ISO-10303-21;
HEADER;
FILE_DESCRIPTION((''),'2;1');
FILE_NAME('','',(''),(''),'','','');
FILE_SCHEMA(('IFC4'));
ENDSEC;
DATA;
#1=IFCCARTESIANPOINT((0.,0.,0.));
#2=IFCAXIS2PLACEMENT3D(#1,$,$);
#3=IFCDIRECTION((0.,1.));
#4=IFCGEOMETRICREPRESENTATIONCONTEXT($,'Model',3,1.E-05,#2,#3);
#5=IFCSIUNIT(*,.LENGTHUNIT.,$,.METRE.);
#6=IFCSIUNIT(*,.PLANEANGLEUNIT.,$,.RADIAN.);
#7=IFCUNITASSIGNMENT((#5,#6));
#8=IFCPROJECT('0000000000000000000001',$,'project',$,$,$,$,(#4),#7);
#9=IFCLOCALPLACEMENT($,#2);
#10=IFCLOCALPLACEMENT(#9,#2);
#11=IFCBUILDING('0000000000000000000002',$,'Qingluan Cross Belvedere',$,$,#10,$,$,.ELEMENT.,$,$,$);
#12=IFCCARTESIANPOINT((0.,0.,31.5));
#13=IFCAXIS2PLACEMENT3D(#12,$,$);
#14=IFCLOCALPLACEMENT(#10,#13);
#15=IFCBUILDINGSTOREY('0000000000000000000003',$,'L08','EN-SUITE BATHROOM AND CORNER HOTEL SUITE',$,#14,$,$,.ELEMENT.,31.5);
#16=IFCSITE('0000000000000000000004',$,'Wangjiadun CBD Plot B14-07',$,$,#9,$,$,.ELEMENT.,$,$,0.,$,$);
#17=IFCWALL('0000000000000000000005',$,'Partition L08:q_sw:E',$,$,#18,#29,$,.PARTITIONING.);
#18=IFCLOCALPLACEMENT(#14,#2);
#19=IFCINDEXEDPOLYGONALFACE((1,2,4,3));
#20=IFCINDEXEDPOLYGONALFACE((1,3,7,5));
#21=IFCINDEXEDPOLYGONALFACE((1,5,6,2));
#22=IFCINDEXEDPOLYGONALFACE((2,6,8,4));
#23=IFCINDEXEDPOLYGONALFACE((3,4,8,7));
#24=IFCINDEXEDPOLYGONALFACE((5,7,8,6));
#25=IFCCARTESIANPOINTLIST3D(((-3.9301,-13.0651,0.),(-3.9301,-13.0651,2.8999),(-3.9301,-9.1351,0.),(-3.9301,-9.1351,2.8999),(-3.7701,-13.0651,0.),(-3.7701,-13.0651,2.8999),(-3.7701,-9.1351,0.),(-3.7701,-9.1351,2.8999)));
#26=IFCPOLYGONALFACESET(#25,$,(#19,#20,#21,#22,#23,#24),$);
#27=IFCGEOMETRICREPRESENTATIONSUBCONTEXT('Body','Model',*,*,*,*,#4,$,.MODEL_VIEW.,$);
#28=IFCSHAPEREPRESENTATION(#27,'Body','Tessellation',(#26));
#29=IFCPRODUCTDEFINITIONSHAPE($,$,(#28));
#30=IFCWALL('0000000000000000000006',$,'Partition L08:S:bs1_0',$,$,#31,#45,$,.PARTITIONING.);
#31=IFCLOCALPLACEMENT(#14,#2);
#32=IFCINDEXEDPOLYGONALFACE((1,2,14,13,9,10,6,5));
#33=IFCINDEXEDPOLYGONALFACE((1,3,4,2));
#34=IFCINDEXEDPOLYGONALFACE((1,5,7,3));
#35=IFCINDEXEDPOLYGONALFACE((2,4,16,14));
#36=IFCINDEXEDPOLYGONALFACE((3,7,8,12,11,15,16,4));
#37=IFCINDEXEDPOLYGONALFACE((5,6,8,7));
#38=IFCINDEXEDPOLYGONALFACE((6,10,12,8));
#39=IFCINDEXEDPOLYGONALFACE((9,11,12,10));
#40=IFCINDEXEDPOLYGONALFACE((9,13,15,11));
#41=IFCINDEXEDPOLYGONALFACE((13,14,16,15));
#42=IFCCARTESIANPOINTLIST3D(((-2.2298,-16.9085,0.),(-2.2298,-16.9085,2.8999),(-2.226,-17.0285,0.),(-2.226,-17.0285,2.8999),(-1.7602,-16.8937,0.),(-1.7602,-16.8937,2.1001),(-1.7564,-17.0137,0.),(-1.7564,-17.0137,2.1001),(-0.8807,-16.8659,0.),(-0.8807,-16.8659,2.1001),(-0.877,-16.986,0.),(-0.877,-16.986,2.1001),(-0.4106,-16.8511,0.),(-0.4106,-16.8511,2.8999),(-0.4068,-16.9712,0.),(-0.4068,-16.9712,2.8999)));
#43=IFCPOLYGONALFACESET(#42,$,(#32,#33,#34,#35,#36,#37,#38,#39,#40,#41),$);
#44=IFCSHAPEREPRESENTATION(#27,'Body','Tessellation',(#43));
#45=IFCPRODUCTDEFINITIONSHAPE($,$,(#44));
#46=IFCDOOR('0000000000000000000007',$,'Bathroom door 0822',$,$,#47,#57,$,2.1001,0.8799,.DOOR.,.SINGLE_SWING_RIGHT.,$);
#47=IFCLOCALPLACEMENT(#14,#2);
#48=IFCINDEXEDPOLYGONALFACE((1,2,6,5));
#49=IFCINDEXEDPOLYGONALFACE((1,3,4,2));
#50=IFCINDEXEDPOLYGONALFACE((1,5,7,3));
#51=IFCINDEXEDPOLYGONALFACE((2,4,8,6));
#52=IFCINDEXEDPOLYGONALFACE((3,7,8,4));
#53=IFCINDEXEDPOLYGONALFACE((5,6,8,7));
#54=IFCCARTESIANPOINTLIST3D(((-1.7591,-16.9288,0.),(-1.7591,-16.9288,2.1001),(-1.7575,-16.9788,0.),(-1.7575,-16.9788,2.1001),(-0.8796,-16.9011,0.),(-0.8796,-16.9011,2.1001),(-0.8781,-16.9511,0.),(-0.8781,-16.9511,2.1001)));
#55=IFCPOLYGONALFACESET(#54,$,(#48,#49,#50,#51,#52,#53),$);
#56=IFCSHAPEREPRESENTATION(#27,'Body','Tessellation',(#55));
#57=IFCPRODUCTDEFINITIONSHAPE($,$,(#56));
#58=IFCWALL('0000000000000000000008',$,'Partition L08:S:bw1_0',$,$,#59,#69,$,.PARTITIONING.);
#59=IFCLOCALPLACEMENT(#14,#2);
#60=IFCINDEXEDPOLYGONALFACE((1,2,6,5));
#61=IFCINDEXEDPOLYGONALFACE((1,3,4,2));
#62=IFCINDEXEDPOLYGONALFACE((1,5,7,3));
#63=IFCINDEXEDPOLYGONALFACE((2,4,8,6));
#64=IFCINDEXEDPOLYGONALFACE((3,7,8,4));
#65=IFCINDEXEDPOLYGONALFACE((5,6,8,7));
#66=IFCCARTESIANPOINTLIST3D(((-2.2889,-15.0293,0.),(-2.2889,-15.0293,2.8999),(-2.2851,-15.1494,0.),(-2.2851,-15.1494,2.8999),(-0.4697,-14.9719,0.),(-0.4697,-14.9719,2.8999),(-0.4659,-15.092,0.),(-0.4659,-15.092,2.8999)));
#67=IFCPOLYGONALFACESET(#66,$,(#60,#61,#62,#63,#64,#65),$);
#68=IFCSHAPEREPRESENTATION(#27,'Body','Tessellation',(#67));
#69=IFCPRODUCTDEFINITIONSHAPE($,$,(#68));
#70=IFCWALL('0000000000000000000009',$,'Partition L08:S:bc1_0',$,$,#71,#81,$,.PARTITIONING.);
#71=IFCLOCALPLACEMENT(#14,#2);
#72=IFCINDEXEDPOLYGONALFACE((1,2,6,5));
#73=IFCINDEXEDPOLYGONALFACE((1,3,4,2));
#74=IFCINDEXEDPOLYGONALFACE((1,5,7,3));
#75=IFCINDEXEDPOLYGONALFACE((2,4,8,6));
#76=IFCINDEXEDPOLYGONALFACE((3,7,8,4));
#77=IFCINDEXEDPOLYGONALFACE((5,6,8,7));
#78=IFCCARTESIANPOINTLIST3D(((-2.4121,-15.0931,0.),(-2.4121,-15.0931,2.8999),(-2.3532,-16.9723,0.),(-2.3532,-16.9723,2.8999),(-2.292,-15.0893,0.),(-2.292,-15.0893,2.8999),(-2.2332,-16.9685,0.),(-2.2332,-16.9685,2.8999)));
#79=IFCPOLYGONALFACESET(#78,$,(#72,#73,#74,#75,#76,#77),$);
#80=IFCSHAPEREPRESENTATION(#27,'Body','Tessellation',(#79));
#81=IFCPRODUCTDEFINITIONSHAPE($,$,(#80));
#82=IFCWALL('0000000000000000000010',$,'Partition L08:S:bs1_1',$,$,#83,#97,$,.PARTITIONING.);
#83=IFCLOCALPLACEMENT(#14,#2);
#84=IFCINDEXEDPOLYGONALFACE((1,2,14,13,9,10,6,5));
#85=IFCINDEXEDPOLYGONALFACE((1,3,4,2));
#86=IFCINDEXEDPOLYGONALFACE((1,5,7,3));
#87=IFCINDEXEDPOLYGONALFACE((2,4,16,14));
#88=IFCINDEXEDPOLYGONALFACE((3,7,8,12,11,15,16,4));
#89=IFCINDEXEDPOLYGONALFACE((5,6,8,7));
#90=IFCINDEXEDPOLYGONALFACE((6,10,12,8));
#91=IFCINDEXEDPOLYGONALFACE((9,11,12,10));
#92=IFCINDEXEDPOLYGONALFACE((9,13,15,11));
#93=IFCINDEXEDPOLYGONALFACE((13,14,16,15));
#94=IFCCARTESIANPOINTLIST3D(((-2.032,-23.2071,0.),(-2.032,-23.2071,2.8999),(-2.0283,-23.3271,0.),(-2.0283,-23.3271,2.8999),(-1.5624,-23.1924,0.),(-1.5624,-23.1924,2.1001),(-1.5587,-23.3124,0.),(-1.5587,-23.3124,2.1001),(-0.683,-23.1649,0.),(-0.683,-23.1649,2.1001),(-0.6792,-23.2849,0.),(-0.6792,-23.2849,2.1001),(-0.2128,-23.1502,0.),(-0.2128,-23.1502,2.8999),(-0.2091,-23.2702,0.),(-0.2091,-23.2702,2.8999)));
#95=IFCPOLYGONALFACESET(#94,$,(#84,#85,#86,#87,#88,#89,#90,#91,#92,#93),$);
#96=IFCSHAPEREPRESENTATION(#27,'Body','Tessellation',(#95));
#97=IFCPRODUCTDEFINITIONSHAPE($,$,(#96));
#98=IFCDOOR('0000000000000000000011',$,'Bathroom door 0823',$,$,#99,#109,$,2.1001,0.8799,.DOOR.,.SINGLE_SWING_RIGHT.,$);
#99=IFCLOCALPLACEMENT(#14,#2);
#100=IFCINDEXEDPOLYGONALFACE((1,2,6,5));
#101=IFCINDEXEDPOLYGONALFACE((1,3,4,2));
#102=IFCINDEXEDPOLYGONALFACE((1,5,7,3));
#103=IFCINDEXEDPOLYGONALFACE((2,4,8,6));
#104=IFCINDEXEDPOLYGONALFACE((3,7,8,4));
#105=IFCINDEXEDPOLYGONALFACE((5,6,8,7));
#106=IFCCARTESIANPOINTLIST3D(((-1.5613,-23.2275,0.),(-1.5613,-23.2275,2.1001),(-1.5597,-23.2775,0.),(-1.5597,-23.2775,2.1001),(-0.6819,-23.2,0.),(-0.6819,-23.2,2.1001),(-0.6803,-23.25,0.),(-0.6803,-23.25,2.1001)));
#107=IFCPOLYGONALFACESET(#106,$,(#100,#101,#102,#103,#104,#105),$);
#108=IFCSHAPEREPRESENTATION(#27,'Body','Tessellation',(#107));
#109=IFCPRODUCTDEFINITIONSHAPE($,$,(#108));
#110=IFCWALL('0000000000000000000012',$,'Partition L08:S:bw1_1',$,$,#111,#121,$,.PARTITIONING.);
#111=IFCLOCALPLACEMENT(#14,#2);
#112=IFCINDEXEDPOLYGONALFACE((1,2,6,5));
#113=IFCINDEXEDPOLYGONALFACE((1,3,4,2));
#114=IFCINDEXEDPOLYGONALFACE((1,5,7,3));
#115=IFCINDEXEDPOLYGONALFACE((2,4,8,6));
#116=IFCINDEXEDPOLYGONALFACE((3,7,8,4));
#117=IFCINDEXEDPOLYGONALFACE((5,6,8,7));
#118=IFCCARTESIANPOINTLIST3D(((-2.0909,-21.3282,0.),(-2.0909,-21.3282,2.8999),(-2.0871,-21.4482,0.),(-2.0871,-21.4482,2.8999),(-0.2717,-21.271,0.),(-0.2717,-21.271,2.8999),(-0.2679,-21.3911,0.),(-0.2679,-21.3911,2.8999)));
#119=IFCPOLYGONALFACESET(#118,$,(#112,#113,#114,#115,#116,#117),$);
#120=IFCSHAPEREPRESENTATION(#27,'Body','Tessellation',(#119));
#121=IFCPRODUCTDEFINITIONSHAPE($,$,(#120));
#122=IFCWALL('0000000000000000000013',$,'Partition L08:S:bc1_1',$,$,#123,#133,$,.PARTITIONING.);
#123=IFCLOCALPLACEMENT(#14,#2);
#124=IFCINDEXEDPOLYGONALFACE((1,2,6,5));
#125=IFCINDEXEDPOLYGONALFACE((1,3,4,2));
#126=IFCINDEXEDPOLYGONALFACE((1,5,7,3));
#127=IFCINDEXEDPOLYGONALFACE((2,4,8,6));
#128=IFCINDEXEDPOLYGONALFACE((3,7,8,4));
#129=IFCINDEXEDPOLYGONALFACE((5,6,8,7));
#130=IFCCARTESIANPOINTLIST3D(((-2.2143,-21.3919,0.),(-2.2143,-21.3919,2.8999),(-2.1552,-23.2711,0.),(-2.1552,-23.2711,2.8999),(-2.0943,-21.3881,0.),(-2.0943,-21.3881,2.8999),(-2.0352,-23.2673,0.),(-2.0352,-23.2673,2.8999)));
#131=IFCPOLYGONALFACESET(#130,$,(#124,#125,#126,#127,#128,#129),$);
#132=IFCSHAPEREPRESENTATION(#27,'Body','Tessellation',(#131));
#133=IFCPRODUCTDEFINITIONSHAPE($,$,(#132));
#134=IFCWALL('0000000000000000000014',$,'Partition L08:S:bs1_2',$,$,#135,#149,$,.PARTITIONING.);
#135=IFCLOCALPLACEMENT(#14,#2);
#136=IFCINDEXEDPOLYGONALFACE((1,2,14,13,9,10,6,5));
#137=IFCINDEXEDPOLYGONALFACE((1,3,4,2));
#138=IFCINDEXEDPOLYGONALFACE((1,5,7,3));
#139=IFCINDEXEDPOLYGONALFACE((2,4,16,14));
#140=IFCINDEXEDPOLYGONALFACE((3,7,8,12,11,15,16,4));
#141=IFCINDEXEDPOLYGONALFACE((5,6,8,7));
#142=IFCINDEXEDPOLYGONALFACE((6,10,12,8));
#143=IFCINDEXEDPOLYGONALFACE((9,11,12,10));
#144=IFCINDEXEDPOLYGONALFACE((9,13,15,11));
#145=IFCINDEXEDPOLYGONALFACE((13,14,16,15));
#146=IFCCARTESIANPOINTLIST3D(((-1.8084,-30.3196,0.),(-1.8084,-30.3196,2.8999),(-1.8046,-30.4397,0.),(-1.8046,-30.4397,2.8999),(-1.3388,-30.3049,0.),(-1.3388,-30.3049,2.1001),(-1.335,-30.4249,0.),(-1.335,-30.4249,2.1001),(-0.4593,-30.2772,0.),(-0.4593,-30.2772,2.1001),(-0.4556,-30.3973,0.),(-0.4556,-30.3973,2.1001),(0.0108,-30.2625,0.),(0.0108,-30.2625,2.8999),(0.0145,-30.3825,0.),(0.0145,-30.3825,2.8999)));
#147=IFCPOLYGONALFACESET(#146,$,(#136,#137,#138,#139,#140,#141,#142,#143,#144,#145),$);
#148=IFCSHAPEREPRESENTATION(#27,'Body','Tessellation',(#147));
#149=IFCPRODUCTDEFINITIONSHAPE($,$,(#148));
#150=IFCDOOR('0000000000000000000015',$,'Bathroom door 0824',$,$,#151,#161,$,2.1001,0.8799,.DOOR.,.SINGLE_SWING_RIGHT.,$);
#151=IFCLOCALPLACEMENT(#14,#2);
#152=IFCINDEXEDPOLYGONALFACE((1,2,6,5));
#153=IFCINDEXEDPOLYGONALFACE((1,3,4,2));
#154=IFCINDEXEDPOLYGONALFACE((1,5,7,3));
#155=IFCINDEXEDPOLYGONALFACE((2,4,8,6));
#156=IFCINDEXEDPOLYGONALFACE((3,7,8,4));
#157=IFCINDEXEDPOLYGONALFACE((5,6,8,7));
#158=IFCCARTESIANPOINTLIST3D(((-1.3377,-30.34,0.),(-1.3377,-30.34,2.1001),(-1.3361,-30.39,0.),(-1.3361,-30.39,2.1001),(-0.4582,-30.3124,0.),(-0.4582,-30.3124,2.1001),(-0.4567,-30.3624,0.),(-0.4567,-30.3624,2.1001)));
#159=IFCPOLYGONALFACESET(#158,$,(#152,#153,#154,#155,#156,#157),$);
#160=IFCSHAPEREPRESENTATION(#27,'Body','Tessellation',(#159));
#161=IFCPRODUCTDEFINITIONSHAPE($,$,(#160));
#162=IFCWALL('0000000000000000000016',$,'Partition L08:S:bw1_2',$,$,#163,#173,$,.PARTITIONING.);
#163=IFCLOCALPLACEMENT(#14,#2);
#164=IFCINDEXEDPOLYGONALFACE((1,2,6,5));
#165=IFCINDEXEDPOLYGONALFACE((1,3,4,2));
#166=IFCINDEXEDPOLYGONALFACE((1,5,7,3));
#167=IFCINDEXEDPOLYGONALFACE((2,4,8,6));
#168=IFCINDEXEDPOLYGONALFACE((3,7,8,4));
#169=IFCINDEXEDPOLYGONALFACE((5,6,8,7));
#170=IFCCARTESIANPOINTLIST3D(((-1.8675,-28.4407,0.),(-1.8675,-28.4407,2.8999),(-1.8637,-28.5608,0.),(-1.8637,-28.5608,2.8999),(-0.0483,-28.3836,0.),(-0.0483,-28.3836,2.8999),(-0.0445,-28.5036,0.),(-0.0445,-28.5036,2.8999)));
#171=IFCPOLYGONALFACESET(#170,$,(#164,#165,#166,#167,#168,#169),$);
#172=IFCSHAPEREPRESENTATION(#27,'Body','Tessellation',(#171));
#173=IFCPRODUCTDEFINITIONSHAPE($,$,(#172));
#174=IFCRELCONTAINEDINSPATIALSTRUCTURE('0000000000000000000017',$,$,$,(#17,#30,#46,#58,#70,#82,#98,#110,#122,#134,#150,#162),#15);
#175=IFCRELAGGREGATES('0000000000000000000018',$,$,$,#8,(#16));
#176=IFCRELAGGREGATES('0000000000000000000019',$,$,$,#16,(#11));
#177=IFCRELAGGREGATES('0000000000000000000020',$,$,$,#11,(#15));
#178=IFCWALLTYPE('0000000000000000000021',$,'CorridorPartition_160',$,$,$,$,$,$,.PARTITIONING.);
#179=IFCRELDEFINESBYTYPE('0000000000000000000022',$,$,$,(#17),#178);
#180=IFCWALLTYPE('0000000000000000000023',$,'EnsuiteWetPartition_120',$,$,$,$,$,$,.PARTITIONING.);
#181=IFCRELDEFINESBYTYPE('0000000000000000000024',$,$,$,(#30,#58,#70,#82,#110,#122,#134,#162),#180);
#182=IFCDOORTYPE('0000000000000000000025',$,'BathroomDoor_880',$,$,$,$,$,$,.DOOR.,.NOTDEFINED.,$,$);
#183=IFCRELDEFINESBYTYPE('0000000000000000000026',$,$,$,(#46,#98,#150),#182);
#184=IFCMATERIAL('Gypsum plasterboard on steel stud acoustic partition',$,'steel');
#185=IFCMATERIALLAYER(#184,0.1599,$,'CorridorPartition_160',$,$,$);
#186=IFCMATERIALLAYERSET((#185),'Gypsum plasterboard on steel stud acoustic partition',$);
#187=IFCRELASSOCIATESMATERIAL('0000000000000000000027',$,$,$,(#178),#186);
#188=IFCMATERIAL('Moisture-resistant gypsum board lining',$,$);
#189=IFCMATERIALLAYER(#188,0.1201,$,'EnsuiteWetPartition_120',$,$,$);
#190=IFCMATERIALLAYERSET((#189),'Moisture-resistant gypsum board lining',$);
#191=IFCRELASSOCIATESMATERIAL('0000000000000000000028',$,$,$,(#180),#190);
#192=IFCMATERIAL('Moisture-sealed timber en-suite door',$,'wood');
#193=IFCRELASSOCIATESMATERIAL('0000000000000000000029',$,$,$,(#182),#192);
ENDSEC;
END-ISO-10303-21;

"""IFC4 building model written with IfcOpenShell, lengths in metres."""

from ifc_helpers import new_model, si_unit, direction, frame, frame_2d, origin, place, context, subcontext, project, spatial, rectangle, extrude, material, layer, layer_set, type_object, element, fill, save


model = new_model("IFC4")

# Units and contexts
model_context = context("Model", 3, precision=1e-05, world=origin(), true_north=direction((0.0, 1.0)))
body_context = subcontext(model_context, "Body", "Model", "MODEL_VIEW")
ifc_project = project(units=[si_unit("LENGTHUNIT", "METRE"), si_unit("PLANEANGLEUNIT", "RADIAN")], contexts=[model_context])

# Site, building, storey
site_placement = place(None, origin())
site = spatial("IfcSite", under=ifc_project, at=site_placement, Name="Wangjiadun CBD Plot B14-07", CompositionType="ELEMENT", RefElevation=0.0)
building_placement = place(site_placement, origin())
building = spatial("IfcBuilding", under=site, at=building_placement, Name="Qingluan Cross Belvedere", CompositionType="ELEMENT")
storey_placement = place(building_placement, frame((0.0, 0.0, 31.5)))
storey = spatial("IfcBuildingStorey", under=building, at=storey_placement, Name="L08", Description="EN-SUITE BATHROOM AND CORNER HOTEL SUITE", CompositionType="ELEMENT", Elevation=31.5)

# Wall
ifc_material_1 = material(Name="Gypsum plasterboard on steel stud acoustic partition", Category="steel")
ifc_layer_1 = layer(ifc_material_1, 0.1599, Name="CorridorPartition_160")
ifc_layer_set_1 = layer_set([ifc_layer_1], Name="Gypsum plasterboard on steel stud acoustic partition")
wall_type_1 = type_object("IfcWallType", Name="CorridorPartition_160", PredefinedType="PARTITIONING", material=ifc_layer_set_1)
wall_1_placement = place(storey_placement, frame((-3.8501, -13.0649, 0.0), z_axis=(0.0, 0.0, 1.0), x_axis=(0.0, 1.0, 0.0)))
element("IfcWall", 1, at=wall_1_placement, inside=storey, type_object=wall_type_1, Name="Partition L08:q_sw:E", PredefinedType="PARTITIONING", context=body_context, shape_type="SweptSolid", body=[
    extrude(rectangle(XDim=3.9299, YDim=0.1599, at=frame_2d((1.9648, 0.0))), origin(), (0.0, 0.0, 1.0), 2.8999),
])

# Wall, opening, door
ifc_material_2 = material(Name="Moisture-resistant gypsum board lining")
ifc_layer_2 = layer(ifc_material_2, 0.1201, Name="EnsuiteWetPartition_120")
ifc_layer_set_2 = layer_set([ifc_layer_2], Name="Moisture-resistant gypsum board lining")
wall_type_2 = type_object("IfcWallType", Name="EnsuiteWetPartition_120", PredefinedType="PARTITIONING", material=ifc_layer_set_2)
wall_2_placement = place(storey_placement, frame((-2.228, -16.9685, 0.0), z_axis=(0.0, 0.0, 1.0), x_axis=(0.999503, 0.031524, 0.0)))
wall_2 = element("IfcWall", 2, at=wall_2_placement, inside=storey, type_object=wall_type_2, Name="Partition L08:S:bs1_0", PredefinedType="PARTITIONING", context=body_context, shape_type="SweptSolid", body=[
    extrude(rectangle(XDim=1.8201, YDim=0.1201, at=frame_2d((0.9102, 0.0))), origin(), (0.0, 0.0, 1.0), 2.8999),
])
opening_1_placement = place(wall_2_placement, frame((0.47, 0.0, 0.0)))
opening_1 = element("IfcOpeningElement", 3, at=opening_1_placement, cuts=wall_2, PredefinedType="OPENING", context=body_context, shape_type="SweptSolid", body=[
    extrude(rectangle(XDim=0.8799, YDim=2.1001, at=frame_2d((0.4399, 1.05))), frame((0.0, 0.0701, 0.0), z_axis=(0.0, -1.0, 0.0), x_axis=(1.0, 0.0, 0.0)), (0.0, 0.0, 1.0), 0.1401),
])
ifc_material_3 = material(Name="Moisture-sealed timber en-suite door", Category="wood")
door_type = type_object("IfcDoorType", Name="BathroomDoor_880", OperationType="NOTDEFINED", PredefinedType="DOOR", material=ifc_material_3)
door_1_placement = place(opening_1_placement, origin())
door_1 = element("IfcDoor", 4, at=door_1_placement, inside=storey, type_object=door_type, Name="Bathroom door 0822", OperationType="SINGLE_SWING_RIGHT", OverallHeight=2.1001, OverallWidth=0.8799, PredefinedType="DOOR", context=body_context, shape_type="SweptSolid", body=[
    extrude(rectangle(XDim=0.8799, YDim=2.1001, at=frame_2d((0.4399, 1.05))), frame((0.0, 0.0249, 0.0), z_axis=(0.0, -1.0, 0.0), x_axis=(1.0, 0.0, 0.0)), (0.0, 0.0, 1.0), 0.05),
])
fill(opening_1, door_1)

# Walls
wall_3_placement = place(storey_placement, frame((-2.2871, -15.0894, 0.0), z_axis=(0.0, 0.0, 1.0), x_axis=(0.999503, 0.031524, 0.0)))
element("IfcWall", 5, at=wall_3_placement, inside=storey, type_object=wall_type_2, Name="Partition L08:S:bw1_0", PredefinedType="PARTITIONING", context=body_context, shape_type="SweptSolid", body=[
    extrude(rectangle(XDim=1.8201, YDim=0.1201, at=frame_2d((0.9102, 0.0))), origin(), (0.0, 0.0, 1.0), 2.8999),
])
wall_4_placement = place(storey_placement, frame((-2.3521, -15.0913, 0.0), z_axis=(0.0, 0.0, 1.0), x_axis=(0.031296, -0.99951, 0.0)))
element("IfcWall", 6, at=wall_4_placement, inside=storey, type_object=wall_type_2, Name="Partition L08:S:bc1_0", PredefinedType="PARTITIONING", context=body_context, shape_type="SweptSolid", body=[
    extrude(rectangle(XDim=1.8801, YDim=0.1201, at=frame_2d((0.9399, 0.0))), origin(), (0.0, 0.0, 1.0), 2.8999),
])

# Wall, opening, door
wall_5_placement = place(storey_placement, frame((-2.0303, -23.2671, 0.0), z_axis=(0.0, 0.0, 1.0), x_axis=(0.999511, 0.031256, 0.0)))
wall_5 = element("IfcWall", 7, at=wall_5_placement, inside=storey, type_object=wall_type_2, Name="Partition L08:S:bs1_1", PredefinedType="PARTITIONING", context=body_context, shape_type="SweptSolid", body=[
    extrude(rectangle(XDim=1.8201, YDim=0.1201, at=frame_2d((0.9102, 0.0))), origin(), (0.0, 0.0, 1.0), 2.8999),
])
opening_2_placement = place(wall_5_placement, frame((0.47, 0.0, 0.0)))
opening_2 = element("IfcOpeningElement", 8, at=opening_2_placement, cuts=wall_5, PredefinedType="OPENING", context=body_context, shape_type="SweptSolid", body=[
    extrude(rectangle(XDim=0.8799, YDim=2.1001, at=frame_2d((0.4399, 1.05))), frame((0.0, 0.0701, 0.0), z_axis=(0.0, -1.0, 0.0), x_axis=(1.0, 0.0, 0.0)), (0.0, 0.0, 1.0), 0.1401),
])
door_2_placement = place(opening_2_placement, origin())
door_2 = element("IfcDoor", 9, at=door_2_placement, inside=storey, type_object=door_type, Name="Bathroom door 0823", OperationType="SINGLE_SWING_RIGHT", OverallHeight=2.1001, OverallWidth=0.8799, PredefinedType="DOOR", context=body_context, shape_type="SweptSolid", body=[
    extrude(rectangle(XDim=0.8799, YDim=2.1001, at=frame_2d((0.4399, 1.05))), frame((0.0, 0.0249, 0.0), z_axis=(0.0, -1.0, 0.0), x_axis=(1.0, 0.0, 0.0)), (0.0, 0.0, 1.0), 0.05),
])
fill(opening_2, door_2)

# Walls
wall_6_placement = place(storey_placement, frame((-2.0891, -21.3882, 0.0), z_axis=(0.0, 0.0, 1.0), x_axis=(0.999507, 0.03139, 0.0)))
element("IfcWall", 10, at=wall_6_placement, inside=storey, type_object=wall_type_2, Name="Partition L08:S:bw1_1", PredefinedType="PARTITIONING", context=body_context, shape_type="SweptSolid", body=[
    extrude(rectangle(XDim=1.8201, YDim=0.1201, at=frame_2d((0.9102, 0.0))), origin(), (0.0, 0.0, 1.0), 2.8999),
])
wall_7_placement = place(storey_placement, frame((-2.1543, -21.3901, 0.0), z_axis=(0.0, 0.0, 1.0), x_axis=(0.031425, -0.999506, 0.0)))
element("IfcWall", 11, at=wall_7_placement, inside=storey, type_object=wall_type_2, Name="Partition L08:S:bc1_1", PredefinedType="PARTITIONING", context=body_context, shape_type="SweptSolid", body=[
    extrude(rectangle(XDim=1.8801, YDim=0.1201, at=frame_2d((0.9399, 0.0))), origin(), (0.0, 0.0, 1.0), 2.8999),
])

# Wall, opening, door
wall_8_placement = place(storey_placement, frame((-1.8066, -30.3796, 0.0), z_axis=(0.0, 0.0, 1.0), x_axis=(0.999507, 0.03139, 0.0)))
wall_8 = element("IfcWall", 12, at=wall_8_placement, inside=storey, type_object=wall_type_2, Name="Partition L08:S:bs1_2", PredefinedType="PARTITIONING", context=body_context, shape_type="SweptSolid", body=[
    extrude(rectangle(XDim=1.8201, YDim=0.1201, at=frame_2d((0.9102, 0.0))), origin(), (0.0, 0.0, 1.0), 2.8999),
])
opening_3_placement = place(wall_8_placement, frame((0.47, 0.0, 0.0)))
opening_3 = element("IfcOpeningElement", 13, at=opening_3_placement, cuts=wall_8, PredefinedType="OPENING", context=body_context, shape_type="SweptSolid", body=[
    extrude(rectangle(XDim=0.8799, YDim=2.1001, at=frame_2d((0.4399, 1.05))), frame((0.0, 0.0701, 0.0), z_axis=(0.0, -1.0, 0.0), x_axis=(1.0, 0.0, 0.0)), (0.0, 0.0, 1.0), 0.1401),
])
door_3_placement = place(opening_3_placement, origin())
door_3 = element("IfcDoor", 14, at=door_3_placement, inside=storey, type_object=door_type, Name="Bathroom door 0824", OperationType="SINGLE_SWING_RIGHT", OverallHeight=2.1001, OverallWidth=0.8799, PredefinedType="DOOR", context=body_context, shape_type="SweptSolid", body=[
    extrude(rectangle(XDim=0.8799, YDim=2.1001, at=frame_2d((0.4399, 1.05))), frame((0.0, 0.0249, 0.0), z_axis=(0.0, -1.0, 0.0), x_axis=(1.0, 0.0, 0.0)), (0.0, 0.0, 1.0), 0.05),
])
fill(opening_3, door_3)

# Wall
wall_9_placement = place(storey_placement, frame((-1.8657, -28.5007, 0.0), z_axis=(0.0, 0.0, 1.0), x_axis=(0.999507, 0.03139, 0.0)))
element("IfcWall", 15, at=wall_9_placement, inside=storey, type_object=wall_type_2, Name="Partition L08:S:bw1_2", PredefinedType="PARTITIONING", context=body_context, shape_type="SweptSolid", body=[
    extrude(rectangle(XDim=1.8201, YDim=0.1201, at=frame_2d((0.9102, 0.0))), origin(), (0.0, 0.0, 1.0), 2.8999),
])

save(model, "model.ifc")
